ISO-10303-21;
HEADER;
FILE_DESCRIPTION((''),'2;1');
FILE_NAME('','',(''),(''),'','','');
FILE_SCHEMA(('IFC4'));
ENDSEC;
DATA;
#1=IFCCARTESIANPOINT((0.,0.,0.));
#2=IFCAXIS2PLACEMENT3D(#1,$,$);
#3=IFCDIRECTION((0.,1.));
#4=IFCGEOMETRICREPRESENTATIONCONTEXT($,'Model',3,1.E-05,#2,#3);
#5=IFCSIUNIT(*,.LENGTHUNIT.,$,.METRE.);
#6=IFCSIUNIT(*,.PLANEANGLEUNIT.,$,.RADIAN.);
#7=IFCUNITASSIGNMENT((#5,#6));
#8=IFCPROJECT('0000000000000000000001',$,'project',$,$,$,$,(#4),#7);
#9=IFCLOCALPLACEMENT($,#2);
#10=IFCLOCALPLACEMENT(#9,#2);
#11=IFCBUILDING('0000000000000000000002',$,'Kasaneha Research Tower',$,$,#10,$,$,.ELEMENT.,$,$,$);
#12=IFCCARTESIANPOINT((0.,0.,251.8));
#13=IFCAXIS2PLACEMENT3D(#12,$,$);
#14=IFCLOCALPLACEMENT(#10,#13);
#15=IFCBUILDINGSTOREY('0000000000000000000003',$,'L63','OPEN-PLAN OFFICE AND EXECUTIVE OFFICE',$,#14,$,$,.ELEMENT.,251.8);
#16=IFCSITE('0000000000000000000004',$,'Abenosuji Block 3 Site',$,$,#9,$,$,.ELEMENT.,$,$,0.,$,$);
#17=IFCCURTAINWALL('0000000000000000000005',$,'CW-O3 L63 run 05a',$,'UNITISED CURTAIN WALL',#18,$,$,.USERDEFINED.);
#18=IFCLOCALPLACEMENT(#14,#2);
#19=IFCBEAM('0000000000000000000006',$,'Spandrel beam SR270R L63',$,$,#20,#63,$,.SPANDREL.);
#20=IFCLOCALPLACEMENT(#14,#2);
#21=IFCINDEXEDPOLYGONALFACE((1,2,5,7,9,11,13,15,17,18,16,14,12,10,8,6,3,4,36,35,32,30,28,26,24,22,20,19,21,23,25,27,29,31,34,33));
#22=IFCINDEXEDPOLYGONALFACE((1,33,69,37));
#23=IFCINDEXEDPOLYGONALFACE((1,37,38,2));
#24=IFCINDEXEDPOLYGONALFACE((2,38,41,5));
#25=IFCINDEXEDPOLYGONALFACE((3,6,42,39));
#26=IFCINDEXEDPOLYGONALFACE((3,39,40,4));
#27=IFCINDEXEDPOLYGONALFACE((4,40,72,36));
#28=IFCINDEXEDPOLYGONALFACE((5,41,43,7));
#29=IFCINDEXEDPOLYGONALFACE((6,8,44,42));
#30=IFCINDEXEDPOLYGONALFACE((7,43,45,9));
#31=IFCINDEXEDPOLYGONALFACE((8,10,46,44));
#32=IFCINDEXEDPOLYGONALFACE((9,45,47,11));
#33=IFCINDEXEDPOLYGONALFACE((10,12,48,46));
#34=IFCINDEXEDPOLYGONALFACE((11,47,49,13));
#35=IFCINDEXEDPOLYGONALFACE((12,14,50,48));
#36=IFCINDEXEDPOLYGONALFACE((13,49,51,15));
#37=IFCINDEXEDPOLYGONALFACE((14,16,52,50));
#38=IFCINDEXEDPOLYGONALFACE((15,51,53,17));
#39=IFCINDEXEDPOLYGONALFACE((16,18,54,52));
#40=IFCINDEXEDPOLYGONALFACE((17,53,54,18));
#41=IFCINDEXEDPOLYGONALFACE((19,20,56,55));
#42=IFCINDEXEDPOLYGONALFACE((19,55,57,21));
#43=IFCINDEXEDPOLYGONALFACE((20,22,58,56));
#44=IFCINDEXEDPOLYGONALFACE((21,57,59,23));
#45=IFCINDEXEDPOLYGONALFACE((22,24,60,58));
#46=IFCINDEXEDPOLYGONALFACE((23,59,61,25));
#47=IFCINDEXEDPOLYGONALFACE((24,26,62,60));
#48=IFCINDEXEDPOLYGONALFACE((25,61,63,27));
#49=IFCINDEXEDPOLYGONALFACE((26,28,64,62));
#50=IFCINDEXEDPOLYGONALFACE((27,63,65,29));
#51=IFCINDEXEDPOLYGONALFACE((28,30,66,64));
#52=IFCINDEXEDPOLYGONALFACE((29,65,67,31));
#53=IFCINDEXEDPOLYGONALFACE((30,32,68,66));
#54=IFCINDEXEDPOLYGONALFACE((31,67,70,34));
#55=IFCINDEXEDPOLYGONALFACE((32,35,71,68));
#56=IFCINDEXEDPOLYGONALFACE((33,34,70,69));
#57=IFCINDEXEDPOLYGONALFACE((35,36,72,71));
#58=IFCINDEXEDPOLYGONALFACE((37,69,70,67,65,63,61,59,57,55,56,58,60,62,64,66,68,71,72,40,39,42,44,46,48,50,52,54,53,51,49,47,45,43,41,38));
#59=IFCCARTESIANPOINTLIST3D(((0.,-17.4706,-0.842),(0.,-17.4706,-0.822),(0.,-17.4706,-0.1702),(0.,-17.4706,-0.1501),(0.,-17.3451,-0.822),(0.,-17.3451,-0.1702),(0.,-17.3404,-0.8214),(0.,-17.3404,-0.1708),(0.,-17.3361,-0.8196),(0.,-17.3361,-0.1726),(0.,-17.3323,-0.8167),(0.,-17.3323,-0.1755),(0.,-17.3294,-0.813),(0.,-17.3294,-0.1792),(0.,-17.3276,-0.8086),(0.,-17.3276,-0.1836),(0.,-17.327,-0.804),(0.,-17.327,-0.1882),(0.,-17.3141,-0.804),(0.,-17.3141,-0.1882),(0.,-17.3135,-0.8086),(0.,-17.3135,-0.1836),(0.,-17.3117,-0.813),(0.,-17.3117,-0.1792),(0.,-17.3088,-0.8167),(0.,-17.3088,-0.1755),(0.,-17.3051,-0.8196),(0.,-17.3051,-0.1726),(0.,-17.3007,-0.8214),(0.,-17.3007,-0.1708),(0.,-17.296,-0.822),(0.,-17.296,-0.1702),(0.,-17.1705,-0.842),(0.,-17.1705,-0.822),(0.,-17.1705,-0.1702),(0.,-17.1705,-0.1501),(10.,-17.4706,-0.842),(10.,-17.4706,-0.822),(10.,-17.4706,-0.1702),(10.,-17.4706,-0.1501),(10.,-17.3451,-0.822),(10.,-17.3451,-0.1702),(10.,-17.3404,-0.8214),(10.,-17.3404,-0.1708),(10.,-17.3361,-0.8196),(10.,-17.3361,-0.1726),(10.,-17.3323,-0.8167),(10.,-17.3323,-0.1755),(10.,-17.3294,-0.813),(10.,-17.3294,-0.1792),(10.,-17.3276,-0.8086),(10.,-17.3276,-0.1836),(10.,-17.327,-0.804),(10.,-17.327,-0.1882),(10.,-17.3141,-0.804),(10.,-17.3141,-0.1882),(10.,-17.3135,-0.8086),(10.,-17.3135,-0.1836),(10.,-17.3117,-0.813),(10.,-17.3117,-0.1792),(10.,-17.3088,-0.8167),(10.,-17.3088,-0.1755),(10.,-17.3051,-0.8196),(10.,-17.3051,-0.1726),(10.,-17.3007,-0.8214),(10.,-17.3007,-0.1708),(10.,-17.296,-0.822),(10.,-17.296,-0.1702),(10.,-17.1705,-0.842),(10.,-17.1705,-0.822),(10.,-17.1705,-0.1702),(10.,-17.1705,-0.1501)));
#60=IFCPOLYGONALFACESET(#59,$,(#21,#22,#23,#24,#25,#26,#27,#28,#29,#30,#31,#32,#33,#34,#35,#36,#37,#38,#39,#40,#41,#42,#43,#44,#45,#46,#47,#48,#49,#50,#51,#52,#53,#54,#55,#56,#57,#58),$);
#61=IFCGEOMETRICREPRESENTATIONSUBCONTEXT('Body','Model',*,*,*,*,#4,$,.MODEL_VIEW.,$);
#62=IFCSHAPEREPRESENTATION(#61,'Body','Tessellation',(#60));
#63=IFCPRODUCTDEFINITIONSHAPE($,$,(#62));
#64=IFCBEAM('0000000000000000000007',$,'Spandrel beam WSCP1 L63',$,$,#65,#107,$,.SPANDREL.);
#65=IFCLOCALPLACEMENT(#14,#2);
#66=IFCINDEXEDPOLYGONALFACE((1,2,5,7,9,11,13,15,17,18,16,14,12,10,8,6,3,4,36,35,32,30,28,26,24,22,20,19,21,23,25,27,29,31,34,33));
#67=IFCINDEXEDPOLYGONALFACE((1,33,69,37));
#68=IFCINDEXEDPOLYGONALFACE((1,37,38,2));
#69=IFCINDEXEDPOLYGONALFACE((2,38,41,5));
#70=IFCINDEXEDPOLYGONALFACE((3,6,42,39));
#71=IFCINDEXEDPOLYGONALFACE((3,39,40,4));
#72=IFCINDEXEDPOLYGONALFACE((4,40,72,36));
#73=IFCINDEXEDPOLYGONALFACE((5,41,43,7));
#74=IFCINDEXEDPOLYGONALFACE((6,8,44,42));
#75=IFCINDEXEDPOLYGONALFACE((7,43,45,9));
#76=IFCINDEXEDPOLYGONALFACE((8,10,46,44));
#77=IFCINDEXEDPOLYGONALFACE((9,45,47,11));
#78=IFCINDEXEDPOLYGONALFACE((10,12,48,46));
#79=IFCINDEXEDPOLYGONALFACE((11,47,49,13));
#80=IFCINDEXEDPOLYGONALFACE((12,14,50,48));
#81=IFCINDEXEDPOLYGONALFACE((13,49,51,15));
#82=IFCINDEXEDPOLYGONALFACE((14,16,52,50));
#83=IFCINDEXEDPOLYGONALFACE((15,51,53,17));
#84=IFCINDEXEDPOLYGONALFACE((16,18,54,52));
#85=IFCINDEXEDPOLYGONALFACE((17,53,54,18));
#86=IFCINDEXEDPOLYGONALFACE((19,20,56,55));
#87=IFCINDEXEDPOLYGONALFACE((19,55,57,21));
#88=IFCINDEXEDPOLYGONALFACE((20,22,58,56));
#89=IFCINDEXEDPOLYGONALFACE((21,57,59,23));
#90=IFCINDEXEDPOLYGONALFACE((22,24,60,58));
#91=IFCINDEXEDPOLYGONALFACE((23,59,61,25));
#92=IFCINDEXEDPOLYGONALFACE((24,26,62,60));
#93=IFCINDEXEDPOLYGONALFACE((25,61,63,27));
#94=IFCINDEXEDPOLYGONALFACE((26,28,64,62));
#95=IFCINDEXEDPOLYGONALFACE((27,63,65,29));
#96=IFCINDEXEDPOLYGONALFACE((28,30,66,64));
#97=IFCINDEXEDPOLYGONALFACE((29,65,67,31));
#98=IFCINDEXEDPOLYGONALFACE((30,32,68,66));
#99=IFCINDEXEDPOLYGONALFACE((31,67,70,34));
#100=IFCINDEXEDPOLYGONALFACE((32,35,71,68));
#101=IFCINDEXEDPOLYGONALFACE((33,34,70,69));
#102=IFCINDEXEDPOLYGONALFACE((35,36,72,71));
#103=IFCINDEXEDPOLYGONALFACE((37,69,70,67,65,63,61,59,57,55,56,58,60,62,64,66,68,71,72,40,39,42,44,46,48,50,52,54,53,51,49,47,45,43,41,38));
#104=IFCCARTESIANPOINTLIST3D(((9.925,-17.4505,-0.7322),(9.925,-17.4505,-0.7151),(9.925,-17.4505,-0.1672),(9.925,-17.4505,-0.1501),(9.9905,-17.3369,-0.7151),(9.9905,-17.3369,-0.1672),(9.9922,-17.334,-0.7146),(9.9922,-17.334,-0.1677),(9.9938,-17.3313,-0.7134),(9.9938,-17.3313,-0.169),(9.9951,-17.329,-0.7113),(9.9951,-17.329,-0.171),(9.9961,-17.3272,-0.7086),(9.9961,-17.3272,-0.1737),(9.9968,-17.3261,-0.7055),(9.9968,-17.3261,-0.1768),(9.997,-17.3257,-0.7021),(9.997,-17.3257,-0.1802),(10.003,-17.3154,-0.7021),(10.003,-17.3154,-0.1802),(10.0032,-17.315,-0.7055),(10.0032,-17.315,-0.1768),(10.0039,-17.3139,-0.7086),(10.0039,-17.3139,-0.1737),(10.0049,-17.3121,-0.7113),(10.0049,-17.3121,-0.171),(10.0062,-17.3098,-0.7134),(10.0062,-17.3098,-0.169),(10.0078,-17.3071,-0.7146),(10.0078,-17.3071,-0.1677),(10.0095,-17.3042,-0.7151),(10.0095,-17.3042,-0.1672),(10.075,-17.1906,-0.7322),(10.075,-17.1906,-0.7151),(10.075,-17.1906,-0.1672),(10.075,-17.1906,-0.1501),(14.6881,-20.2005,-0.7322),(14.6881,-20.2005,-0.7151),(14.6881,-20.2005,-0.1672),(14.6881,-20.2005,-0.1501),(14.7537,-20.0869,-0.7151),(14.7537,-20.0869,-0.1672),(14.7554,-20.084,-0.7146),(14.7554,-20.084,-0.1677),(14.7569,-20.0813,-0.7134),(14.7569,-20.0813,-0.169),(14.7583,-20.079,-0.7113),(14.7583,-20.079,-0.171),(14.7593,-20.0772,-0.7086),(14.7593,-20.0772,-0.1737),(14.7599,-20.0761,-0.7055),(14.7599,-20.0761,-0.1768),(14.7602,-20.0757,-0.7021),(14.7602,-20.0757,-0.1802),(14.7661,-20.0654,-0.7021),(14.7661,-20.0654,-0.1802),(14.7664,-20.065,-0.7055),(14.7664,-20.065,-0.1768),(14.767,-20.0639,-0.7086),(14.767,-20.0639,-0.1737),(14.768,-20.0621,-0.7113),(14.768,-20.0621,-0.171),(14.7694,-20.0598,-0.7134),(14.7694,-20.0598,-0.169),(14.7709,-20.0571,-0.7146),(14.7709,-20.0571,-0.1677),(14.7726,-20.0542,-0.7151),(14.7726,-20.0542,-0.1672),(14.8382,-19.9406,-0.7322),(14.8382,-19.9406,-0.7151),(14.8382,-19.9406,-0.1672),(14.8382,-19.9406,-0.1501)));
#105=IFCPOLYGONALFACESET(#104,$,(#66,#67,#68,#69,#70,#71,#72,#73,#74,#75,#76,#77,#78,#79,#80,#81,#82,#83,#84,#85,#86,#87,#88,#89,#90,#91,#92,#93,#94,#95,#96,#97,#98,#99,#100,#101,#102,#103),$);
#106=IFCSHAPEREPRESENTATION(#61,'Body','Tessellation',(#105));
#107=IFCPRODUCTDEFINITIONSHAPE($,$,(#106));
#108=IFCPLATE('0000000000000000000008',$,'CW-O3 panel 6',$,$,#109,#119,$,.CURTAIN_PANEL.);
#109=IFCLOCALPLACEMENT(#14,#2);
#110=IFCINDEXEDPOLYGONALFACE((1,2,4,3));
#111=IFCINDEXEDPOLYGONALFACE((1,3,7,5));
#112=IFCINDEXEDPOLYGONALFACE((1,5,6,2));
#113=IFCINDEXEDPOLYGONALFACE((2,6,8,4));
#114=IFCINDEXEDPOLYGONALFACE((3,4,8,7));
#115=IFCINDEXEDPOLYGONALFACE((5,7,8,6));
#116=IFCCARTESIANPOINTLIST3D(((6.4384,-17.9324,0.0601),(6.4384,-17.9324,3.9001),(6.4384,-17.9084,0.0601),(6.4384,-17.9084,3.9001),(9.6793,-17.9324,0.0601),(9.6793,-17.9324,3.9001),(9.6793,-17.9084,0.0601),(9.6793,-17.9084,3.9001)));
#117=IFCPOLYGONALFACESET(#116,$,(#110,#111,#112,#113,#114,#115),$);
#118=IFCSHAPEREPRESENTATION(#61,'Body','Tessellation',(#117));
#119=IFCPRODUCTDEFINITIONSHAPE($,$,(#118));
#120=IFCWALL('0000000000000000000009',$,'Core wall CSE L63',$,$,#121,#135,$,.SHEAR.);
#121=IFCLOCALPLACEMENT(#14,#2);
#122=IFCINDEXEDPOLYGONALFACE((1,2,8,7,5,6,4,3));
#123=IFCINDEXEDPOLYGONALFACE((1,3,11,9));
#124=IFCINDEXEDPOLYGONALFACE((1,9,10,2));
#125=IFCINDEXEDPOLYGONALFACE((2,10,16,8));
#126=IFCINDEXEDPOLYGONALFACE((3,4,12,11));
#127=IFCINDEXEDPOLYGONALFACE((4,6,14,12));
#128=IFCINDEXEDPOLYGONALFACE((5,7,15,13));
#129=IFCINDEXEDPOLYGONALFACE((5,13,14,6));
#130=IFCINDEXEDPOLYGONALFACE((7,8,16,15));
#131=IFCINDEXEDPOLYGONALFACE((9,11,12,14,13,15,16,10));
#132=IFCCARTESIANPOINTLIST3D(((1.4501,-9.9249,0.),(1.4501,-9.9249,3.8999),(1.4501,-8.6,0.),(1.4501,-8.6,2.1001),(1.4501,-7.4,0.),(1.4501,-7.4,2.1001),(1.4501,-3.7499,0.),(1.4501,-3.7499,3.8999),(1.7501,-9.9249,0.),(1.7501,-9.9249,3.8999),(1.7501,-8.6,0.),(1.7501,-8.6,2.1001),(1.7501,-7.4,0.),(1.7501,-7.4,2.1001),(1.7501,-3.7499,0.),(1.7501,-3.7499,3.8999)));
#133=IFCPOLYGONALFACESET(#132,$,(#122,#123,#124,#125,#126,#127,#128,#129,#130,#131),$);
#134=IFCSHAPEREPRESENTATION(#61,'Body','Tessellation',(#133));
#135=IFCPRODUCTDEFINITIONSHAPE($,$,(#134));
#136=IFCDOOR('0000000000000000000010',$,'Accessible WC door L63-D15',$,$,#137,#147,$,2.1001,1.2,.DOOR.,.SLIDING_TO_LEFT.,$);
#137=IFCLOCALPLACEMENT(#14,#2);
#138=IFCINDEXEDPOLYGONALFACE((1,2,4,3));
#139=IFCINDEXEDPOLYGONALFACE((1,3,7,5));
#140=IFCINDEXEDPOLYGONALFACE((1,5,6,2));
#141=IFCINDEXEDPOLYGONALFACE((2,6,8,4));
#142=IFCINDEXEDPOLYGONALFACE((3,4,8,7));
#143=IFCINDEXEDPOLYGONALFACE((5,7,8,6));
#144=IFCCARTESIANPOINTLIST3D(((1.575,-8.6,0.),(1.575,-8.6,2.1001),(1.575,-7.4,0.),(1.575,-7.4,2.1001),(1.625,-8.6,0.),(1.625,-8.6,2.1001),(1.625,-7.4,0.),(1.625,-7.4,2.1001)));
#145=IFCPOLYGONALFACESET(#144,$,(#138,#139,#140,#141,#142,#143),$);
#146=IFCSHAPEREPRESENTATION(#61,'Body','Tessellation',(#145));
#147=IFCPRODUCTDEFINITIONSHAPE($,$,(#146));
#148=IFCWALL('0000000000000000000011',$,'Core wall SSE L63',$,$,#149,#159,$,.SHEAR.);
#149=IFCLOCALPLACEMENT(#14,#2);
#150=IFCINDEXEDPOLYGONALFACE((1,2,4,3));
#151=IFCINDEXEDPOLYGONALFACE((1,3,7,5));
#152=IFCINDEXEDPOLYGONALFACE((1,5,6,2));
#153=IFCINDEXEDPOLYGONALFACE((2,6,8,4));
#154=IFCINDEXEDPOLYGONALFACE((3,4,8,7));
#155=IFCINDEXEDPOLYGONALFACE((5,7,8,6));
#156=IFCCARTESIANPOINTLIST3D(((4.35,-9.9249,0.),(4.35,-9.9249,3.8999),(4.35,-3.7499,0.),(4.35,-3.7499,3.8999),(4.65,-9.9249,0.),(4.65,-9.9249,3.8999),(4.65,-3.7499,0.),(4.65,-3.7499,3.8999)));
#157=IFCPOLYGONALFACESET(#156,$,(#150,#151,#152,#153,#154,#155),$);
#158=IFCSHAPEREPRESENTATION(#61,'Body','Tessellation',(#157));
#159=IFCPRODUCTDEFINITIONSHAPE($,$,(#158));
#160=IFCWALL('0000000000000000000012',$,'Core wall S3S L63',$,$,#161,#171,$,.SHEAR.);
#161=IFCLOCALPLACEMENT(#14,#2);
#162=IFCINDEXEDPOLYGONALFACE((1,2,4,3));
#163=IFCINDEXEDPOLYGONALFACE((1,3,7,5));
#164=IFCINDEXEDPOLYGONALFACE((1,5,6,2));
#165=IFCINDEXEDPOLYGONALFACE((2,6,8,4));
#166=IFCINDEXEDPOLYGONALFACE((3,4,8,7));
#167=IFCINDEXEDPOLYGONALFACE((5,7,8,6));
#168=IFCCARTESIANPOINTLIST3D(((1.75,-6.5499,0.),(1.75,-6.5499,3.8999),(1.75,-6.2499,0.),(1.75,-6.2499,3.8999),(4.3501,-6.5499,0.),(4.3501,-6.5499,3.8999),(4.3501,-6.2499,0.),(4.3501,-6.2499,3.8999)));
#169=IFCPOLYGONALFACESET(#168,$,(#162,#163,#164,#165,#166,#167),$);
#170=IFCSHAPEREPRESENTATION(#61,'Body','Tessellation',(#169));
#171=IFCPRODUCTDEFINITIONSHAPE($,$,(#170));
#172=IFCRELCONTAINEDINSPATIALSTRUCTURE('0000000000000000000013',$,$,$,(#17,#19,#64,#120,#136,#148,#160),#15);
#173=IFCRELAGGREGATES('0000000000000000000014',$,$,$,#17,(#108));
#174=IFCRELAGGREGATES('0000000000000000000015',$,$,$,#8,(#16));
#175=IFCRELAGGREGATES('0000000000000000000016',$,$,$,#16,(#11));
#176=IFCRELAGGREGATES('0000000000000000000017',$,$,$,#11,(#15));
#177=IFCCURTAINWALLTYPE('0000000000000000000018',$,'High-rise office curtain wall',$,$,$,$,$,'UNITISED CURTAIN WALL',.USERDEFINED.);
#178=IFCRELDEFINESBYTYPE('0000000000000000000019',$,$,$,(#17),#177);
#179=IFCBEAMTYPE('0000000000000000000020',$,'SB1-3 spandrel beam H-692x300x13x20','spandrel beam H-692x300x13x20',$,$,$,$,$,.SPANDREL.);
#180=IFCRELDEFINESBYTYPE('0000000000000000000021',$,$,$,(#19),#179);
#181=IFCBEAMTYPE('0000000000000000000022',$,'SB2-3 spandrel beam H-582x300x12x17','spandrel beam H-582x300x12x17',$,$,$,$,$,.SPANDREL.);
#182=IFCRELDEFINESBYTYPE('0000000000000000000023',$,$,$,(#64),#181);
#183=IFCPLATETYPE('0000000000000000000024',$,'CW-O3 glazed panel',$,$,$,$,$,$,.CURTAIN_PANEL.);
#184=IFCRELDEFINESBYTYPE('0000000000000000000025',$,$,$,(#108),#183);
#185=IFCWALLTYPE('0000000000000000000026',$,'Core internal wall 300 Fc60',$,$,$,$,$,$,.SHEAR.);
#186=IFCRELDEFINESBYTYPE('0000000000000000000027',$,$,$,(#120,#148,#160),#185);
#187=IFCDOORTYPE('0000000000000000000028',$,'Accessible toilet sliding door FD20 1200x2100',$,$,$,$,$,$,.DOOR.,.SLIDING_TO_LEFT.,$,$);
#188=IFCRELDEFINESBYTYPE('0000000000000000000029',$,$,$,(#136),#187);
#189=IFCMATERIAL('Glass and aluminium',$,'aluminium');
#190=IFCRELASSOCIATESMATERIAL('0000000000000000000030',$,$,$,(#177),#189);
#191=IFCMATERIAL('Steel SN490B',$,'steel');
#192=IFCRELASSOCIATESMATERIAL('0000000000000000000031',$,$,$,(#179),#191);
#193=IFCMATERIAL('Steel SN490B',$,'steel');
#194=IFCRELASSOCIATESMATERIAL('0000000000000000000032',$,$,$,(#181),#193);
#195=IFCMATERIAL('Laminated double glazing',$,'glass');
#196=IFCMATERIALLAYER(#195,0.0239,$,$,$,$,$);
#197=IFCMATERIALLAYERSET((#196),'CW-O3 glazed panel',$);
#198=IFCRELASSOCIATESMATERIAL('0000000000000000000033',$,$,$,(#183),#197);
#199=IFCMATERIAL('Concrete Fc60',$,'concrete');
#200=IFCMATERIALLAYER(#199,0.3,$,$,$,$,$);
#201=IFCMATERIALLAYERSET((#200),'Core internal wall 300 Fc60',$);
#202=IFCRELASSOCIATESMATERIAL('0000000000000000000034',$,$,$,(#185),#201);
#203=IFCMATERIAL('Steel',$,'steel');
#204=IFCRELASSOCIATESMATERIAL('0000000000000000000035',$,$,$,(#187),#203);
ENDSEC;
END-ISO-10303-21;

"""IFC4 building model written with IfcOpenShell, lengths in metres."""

from ifc_helpers import new_model, si_unit, direction, frame, frame_2d, origin, origin_2d, place, context, subcontext, project, spatial, rectangle, i_section, extrude, material, layer, layer_set, material_profile, profile_set, type_object, element, fill, aggregate, save


model = new_model("IFC4")

# Units and contexts
model_context = context("Model", 3, precision=1e-05, world=origin(), true_north=direction((0.0, 1.0)))
body_context = subcontext(model_context, "Body", "Model", "MODEL_VIEW")
ifc_project = project(units=[si_unit("LENGTHUNIT", "METRE"), si_unit("PLANEANGLEUNIT", "RADIAN")], contexts=[model_context])

# Site, building, storey
site_placement = place(None, origin())
site = spatial("IfcSite", under=ifc_project, at=site_placement, Name="Abenosuji Block 3 Site", CompositionType="ELEMENT", RefElevation=0.0)
building_placement = place(site_placement, origin())
building = spatial("IfcBuilding", under=site, at=building_placement, Name="Kasaneha Research Tower", CompositionType="ELEMENT")
storey_placement = place(building_placement, frame((0.0, 0.0, 251.8)))
storey = spatial("IfcBuildingStorey", under=building, at=storey_placement, Name="L63", Description="OPEN-PLAN OFFICE AND EXECUTIVE OFFICE", CompositionType="ELEMENT", Elevation=251.8)

# Curtain wall
ifc_material_1 = material(Name="Glass and aluminium", Category="aluminium")
curtain_wall_type = type_object("IfcCurtainWallType", Name="High-rise office curtain wall", ElementType="UNITISED CURTAIN WALL", PredefinedType="USERDEFINED", material=ifc_material_1)
curtain_wall_placement = place(storey_placement, origin())
curtain_wall = element("IfcCurtainWall", 1, at=curtain_wall_placement, inside=storey, type_object=curtain_wall_type, Name="CW-O3 L63 run 05a", ObjectType="UNITISED CURTAIN WALL", PredefinedType="USERDEFINED")

# Beams
ifc_material_2 = material(Name="Steel SN490B", Category="steel")
ifc_material_profile_1 = material_profile(ifc_material_2, i_section(OverallWidth=0.3, OverallDepth=0.6919, WebThickness=0.0129, FlangeThickness=0.02, FilletRadius=0.0181, at=origin_2d()), Name="H-692x300x13x20")
ifc_profile_set_1 = profile_set([ifc_material_profile_1], Name="Steel SN490B")
beam_type_1 = type_object("IfcBeamType", Name="SB1-3 spandrel beam H-692x300x13x20", Description="spandrel beam H-692x300x13x20", PredefinedType="SPANDREL", material=ifc_profile_set_1)
beam_1_placement = place(storey_placement, frame((10.0, -17.3206, -0.4961), z_axis=(-1.0, 0.0, 0.0), x_axis=(0.0, -1.0, 0.0)))
element("IfcBeam", 2, at=beam_1_placement, inside=storey, type_object=beam_type_1, Name="Spandrel beam SR270R L63", PredefinedType="SPANDREL", context=body_context, shape_type="SweptSolid", body=[
    extrude(i_section(OverallWidth=0.3, OverallDepth=0.6919, WebThickness=0.0129, FlangeThickness=0.02, FilletRadius=0.0181, at=origin_2d()), origin(), (0.0, 0.0, 1.0), 10.0),
])
ifc_material_3 = material(Name="Steel SN490B", Category="steel")
ifc_material_profile_2 = material_profile(ifc_material_3, i_section(OverallWidth=0.3, OverallDepth=0.582, WebThickness=0.012, FlangeThickness=0.0171, FilletRadius=0.0129, at=origin_2d()), Name="H-582x300x12x17")
ifc_profile_set_2 = profile_set([ifc_material_profile_2], Name="Steel SN490B")
beam_type_2 = type_object("IfcBeamType", Name="SB2-3 spandrel beam H-582x300x12x17", Description="spandrel beam H-582x300x12x17", PredefinedType="SPANDREL", material=ifc_profile_set_2)
beam_2_placement = place(storey_placement, frame((10.0, -17.3206, -0.4412), z_axis=(0.866027, -0.499997, 0.0), x_axis=(0.499997, 0.866027, 0.0)))
element("IfcBeam", 3, at=beam_2_placement, inside=storey, type_object=beam_type_2, Name="Spandrel beam WSCP1 L63", PredefinedType="SPANDREL", context=body_context, shape_type="SweptSolid", body=[
    extrude(i_section(OverallWidth=0.3, OverallDepth=0.582, WebThickness=0.012, FlangeThickness=0.0171, FilletRadius=0.0129, at=origin_2d()), origin(), (0.0, 0.0, 1.0), 5.5),
])

# Plate
ifc_material_4 = material(Name="Laminated double glazing", Category="glass")
ifc_layer_1 = layer(ifc_material_4, 0.0239)
ifc_layer_set_1 = layer_set([ifc_layer_1], Name="CW-O3 glazed panel")
plate_type = type_object("IfcPlateType", Name="CW-O3 glazed panel", PredefinedType="CURTAIN_PANEL", material=ifc_layer_set_1)
plate_placement = place(storey_placement, frame((8.0588, -17.9204, 0.0601), z_axis=(0.0, 0.0, 1.0), x_axis=(1.0, 0.0, 0.0)))
plate = element("IfcPlate", 4, at=plate_placement, type_object=plate_type, Name="CW-O3 panel 6", PredefinedType="CURTAIN_PANEL", context=body_context, shape_type="SweptSolid", body=[
    extrude(rectangle(XDim=3.241, YDim=0.0239, at=origin_2d()), origin(), (0.0, 0.0, 1.0), 3.8401),
])
aggregate(curtain_wall, [plate])

# Wall, opening, door
ifc_material_5 = material(Name="Concrete Fc60", Category="concrete")
ifc_layer_2 = layer(ifc_material_5, 0.3)
ifc_layer_set_2 = layer_set([ifc_layer_2], Name="Core internal wall 300 Fc60")
wall_type_1 = type_object("IfcWallType", Name="Core internal wall 300 Fc60", PredefinedType="SHEAR", material=ifc_layer_set_2)
wall_1_placement = place(storey_placement, frame((1.6001, -3.75, 0.0), z_axis=(0.0, 0.0, 1.0), x_axis=(0.0, -1.0, 0.0)))
wall_1 = element("IfcWall", 5, at=wall_1_placement, inside=storey, type_object=wall_type_1, Name="Core wall CSE L63", PredefinedType="SHEAR", context=body_context, shape_type="SweptSolid", body=[
    extrude(rectangle(XDim=6.175, YDim=0.3, at=frame_2d((3.0874, 0.0))), origin(), (0.0, 0.0, 1.0), 3.8999),
])
opening_1_placement = place(wall_1_placement, frame((3.6499, 0.0, 0.0)))
opening_1 = element("IfcOpeningElement", 6, at=opening_1_placement, cuts=wall_1, PredefinedType="OPENING", context=body_context, shape_type="SweptSolid", body=[
    extrude(rectangle(XDim=1.2, YDim=2.1001, at=frame_2d((0.6001, 1.05))), frame((0.0, 0.1602, 0.0), z_axis=(0.0, -1.0, 0.0), x_axis=(1.0, 0.0, 0.0)), (0.0, 0.0, 1.0), 0.3201),
])
ifc_material_6 = material(Name="Steel", Category="steel")
door_type_1 = type_object("IfcDoorType", Name="Accessible toilet sliding door FD20 1200x2100", OperationType="SLIDING_TO_LEFT", PredefinedType="DOOR", material=ifc_material_6)
door_1_placement = place(opening_1_placement, origin())
door_1 = element("IfcDoor", 7, at=door_1_placement, inside=storey, type_object=door_type_1, Name="Accessible WC door L63-D15", OperationType="SLIDING_TO_LEFT", OverallHeight=2.1001, OverallWidth=1.2, PredefinedType="DOOR", context=body_context, shape_type="SweptSolid", body=[
    extrude(rectangle(XDim=1.2, YDim=2.1001, at=frame_2d((0.6001, 1.05))), frame((0.0, 0.0249, 0.0), z_axis=(0.0, -1.0, 0.0), x_axis=(1.0, 0.0, 0.0)), (0.0, 0.0, 1.0), 0.05),
])
fill(opening_1, door_1)

# Walls
wall_2_placement = place(storey_placement, frame((4.5, -3.75, 0.0), z_axis=(0.0, 0.0, 1.0), x_axis=(0.0, -1.0, 0.0)))
element("IfcWall", 8, at=wall_2_placement, inside=storey, type_object=wall_type_1, Name="Core wall SSE L63", PredefinedType="SHEAR", context=body_context, shape_type="SweptSolid", body=[
    extrude(rectangle(XDim=6.175, YDim=0.3, at=frame_2d((3.0874, 0.0))), origin(), (0.0, 0.0, 1.0), 3.8999),
])
wall_3_placement = place(storey_placement, frame((1.75, -6.3999, 0.0), z_axis=(0.0, 0.0, 1.0), x_axis=(1.0, 0.0, 0.0)))
element("IfcWall", 9, at=wall_3_placement, inside=storey, type_object=wall_type_1, Name="Core wall S3S L63", PredefinedType="SHEAR", context=body_context, shape_type="SweptSolid", body=[
    extrude(rectangle(XDim=2.6001, YDim=0.3, at=frame_2d((1.3, 0.0))), origin(), (0.0, 0.0, 1.0), 3.8999),
])

save(model, "model.ifc")
